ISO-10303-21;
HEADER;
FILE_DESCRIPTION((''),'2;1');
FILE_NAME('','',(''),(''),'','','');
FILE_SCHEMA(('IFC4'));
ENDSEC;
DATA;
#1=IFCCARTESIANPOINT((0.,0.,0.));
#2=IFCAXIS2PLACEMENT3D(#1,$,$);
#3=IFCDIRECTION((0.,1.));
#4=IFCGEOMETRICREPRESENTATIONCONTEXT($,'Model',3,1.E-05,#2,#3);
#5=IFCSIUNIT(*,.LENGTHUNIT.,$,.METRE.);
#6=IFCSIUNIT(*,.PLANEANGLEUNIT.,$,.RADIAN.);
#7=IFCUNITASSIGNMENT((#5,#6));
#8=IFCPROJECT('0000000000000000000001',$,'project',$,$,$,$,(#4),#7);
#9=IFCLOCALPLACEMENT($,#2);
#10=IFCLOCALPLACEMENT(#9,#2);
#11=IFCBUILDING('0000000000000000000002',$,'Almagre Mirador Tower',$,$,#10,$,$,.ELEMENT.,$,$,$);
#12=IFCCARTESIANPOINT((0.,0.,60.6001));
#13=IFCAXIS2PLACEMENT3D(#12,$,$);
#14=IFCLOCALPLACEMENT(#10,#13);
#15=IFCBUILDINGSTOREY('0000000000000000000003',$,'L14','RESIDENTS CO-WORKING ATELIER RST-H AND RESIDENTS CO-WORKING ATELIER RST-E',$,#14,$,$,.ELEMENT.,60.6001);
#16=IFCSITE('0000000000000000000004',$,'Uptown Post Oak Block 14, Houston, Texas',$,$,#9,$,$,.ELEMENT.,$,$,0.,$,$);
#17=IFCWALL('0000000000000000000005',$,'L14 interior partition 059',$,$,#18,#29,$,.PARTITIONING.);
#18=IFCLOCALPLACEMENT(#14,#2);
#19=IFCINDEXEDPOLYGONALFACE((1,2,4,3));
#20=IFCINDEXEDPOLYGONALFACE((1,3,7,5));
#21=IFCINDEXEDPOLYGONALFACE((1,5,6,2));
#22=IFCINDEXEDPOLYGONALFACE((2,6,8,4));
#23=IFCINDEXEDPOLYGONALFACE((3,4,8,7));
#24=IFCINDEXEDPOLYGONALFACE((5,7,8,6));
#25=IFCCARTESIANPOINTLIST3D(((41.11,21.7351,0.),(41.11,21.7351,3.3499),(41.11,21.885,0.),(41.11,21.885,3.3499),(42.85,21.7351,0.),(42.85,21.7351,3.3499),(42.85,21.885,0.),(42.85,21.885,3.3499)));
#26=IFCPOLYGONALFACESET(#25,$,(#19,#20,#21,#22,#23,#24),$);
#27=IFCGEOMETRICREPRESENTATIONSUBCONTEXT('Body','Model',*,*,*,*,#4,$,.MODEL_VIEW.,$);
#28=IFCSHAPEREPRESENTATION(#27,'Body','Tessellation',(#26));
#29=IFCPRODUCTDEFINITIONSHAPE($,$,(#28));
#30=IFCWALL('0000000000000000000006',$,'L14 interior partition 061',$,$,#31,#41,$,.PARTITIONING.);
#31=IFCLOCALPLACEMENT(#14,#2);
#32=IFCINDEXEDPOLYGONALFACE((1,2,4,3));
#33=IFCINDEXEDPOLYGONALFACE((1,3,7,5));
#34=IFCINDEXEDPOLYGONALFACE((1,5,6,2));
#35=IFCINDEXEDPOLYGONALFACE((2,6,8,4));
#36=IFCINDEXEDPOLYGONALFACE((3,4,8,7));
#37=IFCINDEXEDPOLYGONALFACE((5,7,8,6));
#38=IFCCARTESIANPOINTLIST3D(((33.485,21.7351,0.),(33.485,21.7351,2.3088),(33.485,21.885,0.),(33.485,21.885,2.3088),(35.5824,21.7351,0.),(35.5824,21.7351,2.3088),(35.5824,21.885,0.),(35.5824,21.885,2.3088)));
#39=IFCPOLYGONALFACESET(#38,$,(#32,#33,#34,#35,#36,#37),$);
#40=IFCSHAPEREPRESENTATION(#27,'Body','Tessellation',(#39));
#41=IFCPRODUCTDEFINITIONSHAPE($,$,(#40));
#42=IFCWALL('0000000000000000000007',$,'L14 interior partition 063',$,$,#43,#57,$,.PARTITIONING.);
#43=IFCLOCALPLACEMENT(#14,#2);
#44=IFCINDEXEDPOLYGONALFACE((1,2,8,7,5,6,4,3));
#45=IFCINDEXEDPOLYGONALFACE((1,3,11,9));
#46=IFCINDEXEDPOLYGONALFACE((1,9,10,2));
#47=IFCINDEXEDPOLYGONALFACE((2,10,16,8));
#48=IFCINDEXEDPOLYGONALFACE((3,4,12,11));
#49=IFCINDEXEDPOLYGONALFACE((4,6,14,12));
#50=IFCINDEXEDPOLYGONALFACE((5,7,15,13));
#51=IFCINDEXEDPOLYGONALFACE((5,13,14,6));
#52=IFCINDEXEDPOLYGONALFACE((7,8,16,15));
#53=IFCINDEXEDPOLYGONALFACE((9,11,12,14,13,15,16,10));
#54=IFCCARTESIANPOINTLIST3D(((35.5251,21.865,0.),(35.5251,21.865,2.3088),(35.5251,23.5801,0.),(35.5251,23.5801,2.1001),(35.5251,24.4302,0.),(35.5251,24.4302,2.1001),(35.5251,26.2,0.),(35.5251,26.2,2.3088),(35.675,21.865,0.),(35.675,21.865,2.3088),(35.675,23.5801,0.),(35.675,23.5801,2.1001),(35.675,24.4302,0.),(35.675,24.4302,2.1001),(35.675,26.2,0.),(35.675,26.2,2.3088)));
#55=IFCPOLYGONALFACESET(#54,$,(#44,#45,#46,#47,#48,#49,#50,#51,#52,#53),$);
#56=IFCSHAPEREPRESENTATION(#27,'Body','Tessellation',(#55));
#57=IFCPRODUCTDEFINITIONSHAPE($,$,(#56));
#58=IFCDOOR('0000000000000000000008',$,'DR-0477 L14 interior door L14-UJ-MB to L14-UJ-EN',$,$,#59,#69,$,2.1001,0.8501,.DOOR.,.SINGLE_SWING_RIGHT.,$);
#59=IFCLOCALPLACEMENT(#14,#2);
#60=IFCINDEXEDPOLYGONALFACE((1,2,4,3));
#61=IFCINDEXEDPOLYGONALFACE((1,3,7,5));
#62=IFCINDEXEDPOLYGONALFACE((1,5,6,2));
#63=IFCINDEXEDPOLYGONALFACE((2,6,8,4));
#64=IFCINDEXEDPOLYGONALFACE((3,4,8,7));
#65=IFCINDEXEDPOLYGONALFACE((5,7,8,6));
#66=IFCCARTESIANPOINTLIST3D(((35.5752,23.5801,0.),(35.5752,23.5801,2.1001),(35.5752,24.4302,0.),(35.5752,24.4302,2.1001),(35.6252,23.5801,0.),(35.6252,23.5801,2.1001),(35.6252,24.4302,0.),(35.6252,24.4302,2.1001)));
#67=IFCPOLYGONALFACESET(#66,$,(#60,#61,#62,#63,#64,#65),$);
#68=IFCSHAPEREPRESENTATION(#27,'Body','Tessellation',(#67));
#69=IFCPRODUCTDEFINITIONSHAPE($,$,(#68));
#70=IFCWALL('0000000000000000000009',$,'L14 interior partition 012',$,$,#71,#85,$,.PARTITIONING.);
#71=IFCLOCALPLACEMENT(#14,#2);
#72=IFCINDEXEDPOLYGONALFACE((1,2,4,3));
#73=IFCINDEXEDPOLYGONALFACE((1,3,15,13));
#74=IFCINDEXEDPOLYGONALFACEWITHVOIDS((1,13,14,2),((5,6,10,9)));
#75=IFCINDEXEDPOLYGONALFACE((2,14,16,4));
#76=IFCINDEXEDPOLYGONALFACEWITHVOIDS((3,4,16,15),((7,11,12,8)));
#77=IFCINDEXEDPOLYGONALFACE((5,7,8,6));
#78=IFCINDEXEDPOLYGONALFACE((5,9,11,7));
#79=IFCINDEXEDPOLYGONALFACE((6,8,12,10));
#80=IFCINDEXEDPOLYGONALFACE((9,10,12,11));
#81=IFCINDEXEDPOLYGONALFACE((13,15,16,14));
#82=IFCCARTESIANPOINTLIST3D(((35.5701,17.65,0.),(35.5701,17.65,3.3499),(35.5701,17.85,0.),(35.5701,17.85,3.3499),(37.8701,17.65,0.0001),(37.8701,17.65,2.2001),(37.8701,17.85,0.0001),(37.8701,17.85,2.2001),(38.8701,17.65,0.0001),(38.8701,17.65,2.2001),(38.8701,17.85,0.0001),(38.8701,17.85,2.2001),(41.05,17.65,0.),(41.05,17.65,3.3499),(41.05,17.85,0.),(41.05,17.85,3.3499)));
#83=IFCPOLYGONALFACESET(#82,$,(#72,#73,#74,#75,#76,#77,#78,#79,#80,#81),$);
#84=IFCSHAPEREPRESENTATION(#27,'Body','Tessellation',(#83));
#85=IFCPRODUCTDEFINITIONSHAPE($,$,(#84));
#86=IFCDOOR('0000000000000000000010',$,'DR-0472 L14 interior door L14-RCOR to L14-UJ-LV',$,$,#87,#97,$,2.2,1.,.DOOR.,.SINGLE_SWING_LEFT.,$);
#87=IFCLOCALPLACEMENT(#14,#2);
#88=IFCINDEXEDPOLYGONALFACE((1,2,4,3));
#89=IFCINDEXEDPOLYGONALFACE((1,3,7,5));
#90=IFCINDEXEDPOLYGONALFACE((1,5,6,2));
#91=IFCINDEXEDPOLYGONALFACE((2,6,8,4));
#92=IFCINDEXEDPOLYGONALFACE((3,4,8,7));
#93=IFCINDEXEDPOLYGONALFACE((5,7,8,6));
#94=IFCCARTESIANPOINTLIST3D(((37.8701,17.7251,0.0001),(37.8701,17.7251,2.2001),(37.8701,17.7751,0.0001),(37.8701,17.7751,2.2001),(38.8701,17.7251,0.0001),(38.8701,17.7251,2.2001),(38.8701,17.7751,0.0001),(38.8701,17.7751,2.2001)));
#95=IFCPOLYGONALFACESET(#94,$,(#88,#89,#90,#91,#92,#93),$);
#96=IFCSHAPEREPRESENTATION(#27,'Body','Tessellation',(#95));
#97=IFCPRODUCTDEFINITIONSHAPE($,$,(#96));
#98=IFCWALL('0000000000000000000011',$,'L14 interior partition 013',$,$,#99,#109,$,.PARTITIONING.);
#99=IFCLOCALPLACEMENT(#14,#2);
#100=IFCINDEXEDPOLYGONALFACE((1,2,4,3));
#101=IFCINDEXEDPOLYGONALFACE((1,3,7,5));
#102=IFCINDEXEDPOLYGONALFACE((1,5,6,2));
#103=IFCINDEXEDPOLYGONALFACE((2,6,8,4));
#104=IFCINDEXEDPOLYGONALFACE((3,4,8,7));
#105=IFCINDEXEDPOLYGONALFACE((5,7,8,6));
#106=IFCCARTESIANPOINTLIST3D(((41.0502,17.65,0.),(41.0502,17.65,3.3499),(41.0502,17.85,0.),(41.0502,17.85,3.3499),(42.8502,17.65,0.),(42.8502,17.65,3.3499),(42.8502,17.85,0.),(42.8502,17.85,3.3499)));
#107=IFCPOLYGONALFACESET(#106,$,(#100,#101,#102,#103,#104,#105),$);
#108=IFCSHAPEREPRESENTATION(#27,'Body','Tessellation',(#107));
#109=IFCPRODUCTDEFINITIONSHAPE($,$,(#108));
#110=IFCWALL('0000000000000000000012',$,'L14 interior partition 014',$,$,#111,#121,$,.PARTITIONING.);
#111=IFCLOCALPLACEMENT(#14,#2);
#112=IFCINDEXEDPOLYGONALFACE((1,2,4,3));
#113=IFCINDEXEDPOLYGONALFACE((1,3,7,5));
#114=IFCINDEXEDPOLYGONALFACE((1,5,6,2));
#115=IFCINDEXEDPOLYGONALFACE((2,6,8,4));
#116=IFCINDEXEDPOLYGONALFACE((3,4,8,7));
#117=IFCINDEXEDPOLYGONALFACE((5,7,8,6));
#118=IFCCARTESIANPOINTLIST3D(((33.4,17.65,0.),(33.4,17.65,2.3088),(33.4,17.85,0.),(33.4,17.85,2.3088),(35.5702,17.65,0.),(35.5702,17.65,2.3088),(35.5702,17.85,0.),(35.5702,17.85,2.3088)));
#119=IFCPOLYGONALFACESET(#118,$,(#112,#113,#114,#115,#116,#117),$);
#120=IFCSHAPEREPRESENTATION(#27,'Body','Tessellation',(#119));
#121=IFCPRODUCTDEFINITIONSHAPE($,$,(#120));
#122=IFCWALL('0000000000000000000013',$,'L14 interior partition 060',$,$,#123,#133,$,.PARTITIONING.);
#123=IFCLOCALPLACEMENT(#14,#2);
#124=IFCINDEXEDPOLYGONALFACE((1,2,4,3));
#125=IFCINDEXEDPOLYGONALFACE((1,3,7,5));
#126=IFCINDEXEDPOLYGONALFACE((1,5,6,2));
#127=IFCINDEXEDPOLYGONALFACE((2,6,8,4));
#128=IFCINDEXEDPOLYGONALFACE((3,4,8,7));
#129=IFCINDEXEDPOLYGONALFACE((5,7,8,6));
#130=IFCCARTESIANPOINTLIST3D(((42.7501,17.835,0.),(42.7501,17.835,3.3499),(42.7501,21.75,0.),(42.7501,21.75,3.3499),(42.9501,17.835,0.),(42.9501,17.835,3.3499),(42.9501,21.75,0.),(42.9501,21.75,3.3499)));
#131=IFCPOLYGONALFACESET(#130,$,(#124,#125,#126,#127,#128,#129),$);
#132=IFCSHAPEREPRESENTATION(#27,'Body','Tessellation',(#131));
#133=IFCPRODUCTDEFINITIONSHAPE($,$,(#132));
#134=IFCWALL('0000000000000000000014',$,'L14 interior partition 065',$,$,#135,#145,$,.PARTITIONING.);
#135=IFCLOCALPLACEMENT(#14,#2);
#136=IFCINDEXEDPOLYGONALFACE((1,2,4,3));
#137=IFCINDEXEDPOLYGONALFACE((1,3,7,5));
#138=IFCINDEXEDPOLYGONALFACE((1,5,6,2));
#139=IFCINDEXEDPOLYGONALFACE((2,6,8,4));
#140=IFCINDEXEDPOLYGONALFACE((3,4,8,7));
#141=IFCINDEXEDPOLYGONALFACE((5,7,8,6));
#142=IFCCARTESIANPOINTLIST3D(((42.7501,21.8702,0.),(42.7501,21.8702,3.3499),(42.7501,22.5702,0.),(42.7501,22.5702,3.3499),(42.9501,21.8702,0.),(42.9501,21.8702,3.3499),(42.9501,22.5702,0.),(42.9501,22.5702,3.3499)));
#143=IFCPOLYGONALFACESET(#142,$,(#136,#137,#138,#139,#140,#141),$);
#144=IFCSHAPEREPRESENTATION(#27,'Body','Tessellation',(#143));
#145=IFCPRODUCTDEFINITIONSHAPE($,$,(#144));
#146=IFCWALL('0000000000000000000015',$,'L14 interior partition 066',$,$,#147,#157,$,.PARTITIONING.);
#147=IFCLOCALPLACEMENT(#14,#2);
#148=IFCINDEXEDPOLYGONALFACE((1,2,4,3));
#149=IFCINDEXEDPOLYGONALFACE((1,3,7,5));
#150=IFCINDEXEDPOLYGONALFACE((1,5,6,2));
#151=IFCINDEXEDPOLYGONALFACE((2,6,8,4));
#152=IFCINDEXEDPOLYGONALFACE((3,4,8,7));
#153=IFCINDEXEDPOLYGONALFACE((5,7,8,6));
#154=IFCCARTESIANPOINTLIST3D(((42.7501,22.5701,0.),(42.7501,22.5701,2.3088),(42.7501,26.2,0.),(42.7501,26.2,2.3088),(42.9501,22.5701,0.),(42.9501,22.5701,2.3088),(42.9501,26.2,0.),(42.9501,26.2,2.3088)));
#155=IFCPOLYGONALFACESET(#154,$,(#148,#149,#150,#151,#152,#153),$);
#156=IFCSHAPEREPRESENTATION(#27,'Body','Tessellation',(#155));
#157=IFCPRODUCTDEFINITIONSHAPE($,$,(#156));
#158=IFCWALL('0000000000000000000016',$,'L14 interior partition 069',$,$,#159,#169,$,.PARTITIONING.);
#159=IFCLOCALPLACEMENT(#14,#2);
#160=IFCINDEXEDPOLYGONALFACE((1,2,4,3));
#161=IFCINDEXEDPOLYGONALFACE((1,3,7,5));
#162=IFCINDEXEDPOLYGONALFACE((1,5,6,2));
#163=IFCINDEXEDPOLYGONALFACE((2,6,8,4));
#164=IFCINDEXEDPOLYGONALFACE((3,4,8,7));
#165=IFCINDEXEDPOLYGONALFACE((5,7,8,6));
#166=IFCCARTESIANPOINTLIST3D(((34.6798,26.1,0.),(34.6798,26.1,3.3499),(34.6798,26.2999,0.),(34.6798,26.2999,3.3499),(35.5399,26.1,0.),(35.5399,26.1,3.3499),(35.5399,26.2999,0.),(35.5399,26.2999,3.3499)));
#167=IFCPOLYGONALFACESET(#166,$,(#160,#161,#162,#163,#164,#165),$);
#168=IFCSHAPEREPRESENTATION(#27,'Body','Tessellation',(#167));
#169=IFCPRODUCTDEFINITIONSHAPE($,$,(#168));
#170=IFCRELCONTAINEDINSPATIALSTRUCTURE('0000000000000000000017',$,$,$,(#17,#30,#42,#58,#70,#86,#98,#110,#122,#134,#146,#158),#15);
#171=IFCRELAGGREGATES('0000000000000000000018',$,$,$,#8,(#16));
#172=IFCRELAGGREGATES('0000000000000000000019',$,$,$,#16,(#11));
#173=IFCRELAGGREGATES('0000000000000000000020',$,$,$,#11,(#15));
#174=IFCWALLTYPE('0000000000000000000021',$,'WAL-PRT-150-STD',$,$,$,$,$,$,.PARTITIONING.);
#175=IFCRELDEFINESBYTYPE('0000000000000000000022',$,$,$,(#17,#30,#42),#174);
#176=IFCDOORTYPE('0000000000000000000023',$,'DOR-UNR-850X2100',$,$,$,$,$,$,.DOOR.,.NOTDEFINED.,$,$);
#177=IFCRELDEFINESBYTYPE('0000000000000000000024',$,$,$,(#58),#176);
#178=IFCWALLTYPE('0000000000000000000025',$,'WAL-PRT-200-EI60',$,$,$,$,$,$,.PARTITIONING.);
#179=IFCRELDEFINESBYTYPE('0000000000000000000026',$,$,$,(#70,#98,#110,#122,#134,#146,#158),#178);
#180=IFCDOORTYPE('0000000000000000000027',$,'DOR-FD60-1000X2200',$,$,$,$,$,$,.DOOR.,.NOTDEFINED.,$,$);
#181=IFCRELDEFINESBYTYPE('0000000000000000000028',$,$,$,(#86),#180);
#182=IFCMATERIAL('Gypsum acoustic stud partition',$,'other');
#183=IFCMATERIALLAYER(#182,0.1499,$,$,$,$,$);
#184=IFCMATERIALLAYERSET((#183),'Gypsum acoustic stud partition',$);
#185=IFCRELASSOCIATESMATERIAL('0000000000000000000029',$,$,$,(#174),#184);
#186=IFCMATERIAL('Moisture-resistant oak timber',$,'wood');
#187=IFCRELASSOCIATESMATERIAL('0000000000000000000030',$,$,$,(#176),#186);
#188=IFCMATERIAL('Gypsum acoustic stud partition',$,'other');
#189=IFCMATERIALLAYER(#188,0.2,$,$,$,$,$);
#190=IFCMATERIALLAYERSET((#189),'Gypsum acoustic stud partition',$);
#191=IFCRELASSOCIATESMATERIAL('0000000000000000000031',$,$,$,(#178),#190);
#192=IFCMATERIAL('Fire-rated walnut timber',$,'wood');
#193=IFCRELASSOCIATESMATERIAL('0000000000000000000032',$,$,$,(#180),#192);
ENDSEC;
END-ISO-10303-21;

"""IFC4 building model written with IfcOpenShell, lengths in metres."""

from ifc_helpers import new_model, si_unit, direction, frame, frame_2d, origin, place, context, subcontext, project, spatial, rectangle, extrude, material, layer, layer_set, type_object, element, fill, save


model = new_model("IFC4")

# Units and contexts
model_context = context("Model", 3, precision=1e-05, world=origin(), true_north=direction((0.0, 1.0)))
body_context = subcontext(model_context, "Body", "Model", "MODEL_VIEW")
ifc_project = project(units=[si_unit("LENGTHUNIT", "METRE"), si_unit("PLANEANGLEUNIT", "RADIAN")], contexts=[model_context])

# Site, building, storey
site_placement = place(None, origin())
site = spatial("IfcSite", under=ifc_project, at=site_placement, Name="Uptown Post Oak Block 14, Houston, Texas", CompositionType="ELEMENT", RefElevation=0.0)
building_placement = place(site_placement, origin())
building = spatial("IfcBuilding", under=site, at=building_placement, Name="Almagre Mirador Tower", CompositionType="ELEMENT")
storey_placement = place(building_placement, frame((0.0, 0.0, 60.6001)))
storey = spatial("IfcBuildingStorey", under=building, at=storey_placement, Name="L14", Description="RESIDENTS CO-WORKING ATELIER RST-H AND RESIDENTS CO-WORKING ATELIER RST-E", CompositionType="ELEMENT", Elevation=60.6001)

# Shared definitions
ifc_material_1 = material(Name="Gypsum acoustic stud partition", Category="other")
ifc_layer_1 = layer(ifc_material_1, 0.1499)
ifc_layer_set_1 = layer_set([ifc_layer_1], Name="Gypsum acoustic stud partition")
wall_type_1 = type_object("IfcWallType", Name="WAL-PRT-150-STD", PredefinedType="PARTITIONING", material=ifc_layer_set_1)
ifc_material_2 = material(Name="Moisture-resistant oak timber", Category="wood")
door_type_1 = type_object("IfcDoorType", Name="DOR-UNR-850X2100", OperationType="NOTDEFINED", PredefinedType="DOOR", material=ifc_material_2)

# Walls
wall_1_placement = place(storey_placement, frame((42.8501, 21.8101, 0.0), z_axis=(0.0, 0.0, 1.0), x_axis=(-1.0, 0.0, 0.0)))
element("IfcWall", 1, at=wall_1_placement, inside=storey, type_object=wall_type_1, Name="L14 interior partition 059", PredefinedType="PARTITIONING", context=body_context, shape_type="SweptSolid", body=[
    extrude(rectangle(XDim=1.74, YDim=0.1499, at=frame_2d((0.8701, 0.0))), origin(), (0.0, 0.0, 1.0), 3.3499),
])
wall_2_placement = place(storey_placement, frame((35.5825, 21.8101, 0.0), z_axis=(0.0, 0.0, 1.0), x_axis=(-1.0, 0.0, 0.0)))
element("IfcWall", 2, at=wall_2_placement, inside=storey, type_object=wall_type_1, Name="L14 interior partition 061", PredefinedType="PARTITIONING", context=body_context, shape_type="SweptSolid", body=[
    extrude(rectangle(XDim=2.0974, YDim=0.1499, at=frame_2d((1.0488, 0.0))), origin(), (0.0, 0.0, 1.0), 2.3088),
])

# Walls, openings, doors
wall_3_placement = place(storey_placement, frame((35.6001, 21.865, 0.0), z_axis=(0.0, 0.0, 1.0), x_axis=(0.0, 1.0, 0.0)))
wall_3 = element("IfcWall", 3, at=wall_3_placement, inside=storey, type_object=wall_type_1, Name="L14 interior partition 063", PredefinedType="PARTITIONING", context=body_context, shape_type="SweptSolid", body=[
    extrude(rectangle(XDim=4.335, YDim=0.1499, at=frame_2d((2.1675, 0.0))), origin(), (0.0, 0.0, 1.0), 2.3088),
])
opening_1_placement = place(wall_3_placement, frame((1.7151, 0.0, 0.0)))
opening_1 = element("IfcOpeningElement", 4, at=opening_1_placement, cuts=wall_3, PredefinedType="OPENING", context=body_context, shape_type="SweptSolid", body=[
    extrude(rectangle(XDim=0.8501, YDim=2.1001, at=frame_2d((0.425, 1.05))), frame((0.0, 0.085, 0.0), z_axis=(0.0, -1.0, 0.0), x_axis=(1.0, 0.0, 0.0)), (0.0, 0.0, 1.0), 0.1699),
])
door_1_placement = place(opening_1_placement, origin())
door_1 = element("IfcDoor", 5, at=door_1_placement, inside=storey, type_object=door_type_1, Name="DR-0477 L14 interior door L14-UJ-MB to L14-UJ-EN", OperationType="SINGLE_SWING_RIGHT", OverallHeight=2.1001, OverallWidth=0.8501, PredefinedType="DOOR", context=body_context, shape_type="SweptSolid", body=[
    extrude(rectangle(XDim=0.8501, YDim=2.1001, at=frame_2d((0.425, 1.05))), frame((0.0, 0.0249, 0.0), z_axis=(0.0, -1.0, 0.0), x_axis=(1.0, 0.0, 0.0)), (0.0, 0.0, 1.0), 0.05),
])
fill(opening_1, door_1)
ifc_material_3 = material(Name="Gypsum acoustic stud partition", Category="other")
ifc_layer_2 = layer(ifc_material_3, 0.2)
ifc_layer_set_2 = layer_set([ifc_layer_2], Name="Gypsum acoustic stud partition")
wall_type_2 = type_object("IfcWallType", Name="WAL-PRT-200-EI60", PredefinedType="PARTITIONING", material=ifc_layer_set_2)
wall_4_placement = place(storey_placement, frame((41.05, 17.75, 0.0), z_axis=(0.0, 0.0, 1.0), x_axis=(-1.0, 0.0, 0.0)))
wall_4 = element("IfcWall", 6, at=wall_4_placement, inside=storey, type_object=wall_type_2, Name="L14 interior partition 012", PredefinedType="PARTITIONING", context=body_context, shape_type="SweptSolid", body=[
    extrude(rectangle(XDim=5.48, YDim=0.2, at=frame_2d((2.74, 0.0))), origin(), (0.0, 0.0, 1.0), 3.3499),
])
opening_2_placement = place(wall_4_placement, frame((2.1799, 0.0, 0.0)))
opening_2 = element("IfcOpeningElement", 7, at=opening_2_placement, cuts=wall_4, PredefinedType="OPENING", context=body_context, shape_type="SweptSolid", body=[
    extrude(rectangle(XDim=1.0, YDim=2.2, at=frame_2d((0.5, 1.1001))), frame((0.0, 0.1101, 0.0), z_axis=(0.0, -1.0, 0.0), x_axis=(1.0, 0.0, 0.0)), (0.0, 0.0, 1.0), 0.22),
])
ifc_material_4 = material(Name="Fire-rated walnut timber", Category="wood")
door_type_2 = type_object("IfcDoorType", Name="DOR-FD60-1000X2200", OperationType="NOTDEFINED", PredefinedType="DOOR", material=ifc_material_4)
door_2_placement = place(opening_2_placement, origin())
door_2 = element("IfcDoor", 8, at=door_2_placement, inside=storey, type_object=door_type_2, Name="DR-0472 L14 interior door L14-RCOR to L14-UJ-LV", OperationType="SINGLE_SWING_LEFT", OverallHeight=2.2, OverallWidth=1.0, PredefinedType="DOOR", context=body_context, shape_type="SweptSolid", body=[
    extrude(rectangle(XDim=1.0, YDim=2.2, at=frame_2d((0.5, 1.1001))), frame((0.0, 0.0249, 0.0), z_axis=(0.0, -1.0, 0.0), x_axis=(1.0, 0.0, 0.0)), (0.0, 0.0, 1.0), 0.05),
])
fill(opening_2, door_2)

# Walls
wall_5_placement = place(storey_placement, frame((42.8501, 17.75, 0.0), z_axis=(0.0, 0.0, 1.0), x_axis=(-1.0, 0.0, 0.0)))
element("IfcWall", 9, at=wall_5_placement, inside=storey, type_object=wall_type_2, Name="L14 interior partition 013", PredefinedType="PARTITIONING", context=body_context, shape_type="SweptSolid", body=[
    extrude(rectangle(XDim=1.8, YDim=0.2, at=frame_2d((0.8999, 0.0))), origin(), (0.0, 0.0, 1.0), 3.3499),
])
wall_6_placement = place(storey_placement, frame((35.5701, 17.75, 0.0), z_axis=(0.0, 0.0, 1.0), x_axis=(-1.0, 0.0, 0.0)))
element("IfcWall", 10, at=wall_6_placement, inside=storey, type_object=wall_type_2, Name="L14 interior partition 014", PredefinedType="PARTITIONING", context=body_context, shape_type="SweptSolid", body=[
    extrude(rectangle(XDim=2.1702, YDim=0.2, at=frame_2d((1.085, 0.0))), origin(), (0.0, 0.0, 1.0), 2.3088),
])
wall_7_placement = place(storey_placement, frame((42.8501, 17.835, 0.0), z_axis=(0.0, 0.0, 1.0), x_axis=(0.0, 1.0, 0.0)))
element("IfcWall", 11, at=wall_7_placement, inside=storey, type_object=wall_type_2, Name="L14 interior partition 060", PredefinedType="PARTITIONING", context=body_context, shape_type="SweptSolid", body=[
    extrude(rectangle(XDim=3.915, YDim=0.2, at=frame_2d((1.9575, 0.0))), origin(), (0.0, 0.0, 1.0), 3.3499),
])
wall_8_placement = place(storey_placement, frame((42.8501, 21.8701, 0.0), z_axis=(0.0, 0.0, 1.0), x_axis=(0.0, 1.0, 0.0)))
element("IfcWall", 12, at=wall_8_placement, inside=storey, type_object=wall_type_2, Name="L14 interior partition 065", PredefinedType="PARTITIONING", context=body_context, shape_type="SweptSolid", body=[
    extrude(rectangle(XDim=0.7, YDim=0.2, at=frame_2d((0.3501, 0.0))), origin(), (0.0, 0.0, 1.0), 3.3499),
])
wall_9_placement = place(storey_placement, frame((42.8501, 22.5701, 0.0), z_axis=(0.0, 0.0, 1.0), x_axis=(0.0, 1.0, 0.0)))
element("IfcWall", 13, at=wall_9_placement, inside=storey, type_object=wall_type_2, Name="L14 interior partition 066", PredefinedType="PARTITIONING", context=body_context, shape_type="SweptSolid", body=[
    extrude(rectangle(XDim=3.6299, YDim=0.2, at=frame_2d((1.8149, 0.0))), origin(), (0.0, 0.0, 1.0), 2.3088),
])
wall_10_placement = place(storey_placement, frame((35.54, 26.2, 0.0), z_axis=(0.0, 0.0, 1.0), x_axis=(-1.0, 0.0, 0.0)))
element("IfcWall", 14, at=wall_10_placement, inside=storey, type_object=wall_type_2, Name="L14 interior partition 069", PredefinedType="PARTITIONING", context=body_context, shape_type="SweptSolid", body=[
    extrude(rectangle(XDim=0.8601, YDim=0.2, at=frame_2d((0.4302, 0.0))), origin(), (0.0, 0.0, 1.0), 3.3499),
])

save(model, "model.ifc")
